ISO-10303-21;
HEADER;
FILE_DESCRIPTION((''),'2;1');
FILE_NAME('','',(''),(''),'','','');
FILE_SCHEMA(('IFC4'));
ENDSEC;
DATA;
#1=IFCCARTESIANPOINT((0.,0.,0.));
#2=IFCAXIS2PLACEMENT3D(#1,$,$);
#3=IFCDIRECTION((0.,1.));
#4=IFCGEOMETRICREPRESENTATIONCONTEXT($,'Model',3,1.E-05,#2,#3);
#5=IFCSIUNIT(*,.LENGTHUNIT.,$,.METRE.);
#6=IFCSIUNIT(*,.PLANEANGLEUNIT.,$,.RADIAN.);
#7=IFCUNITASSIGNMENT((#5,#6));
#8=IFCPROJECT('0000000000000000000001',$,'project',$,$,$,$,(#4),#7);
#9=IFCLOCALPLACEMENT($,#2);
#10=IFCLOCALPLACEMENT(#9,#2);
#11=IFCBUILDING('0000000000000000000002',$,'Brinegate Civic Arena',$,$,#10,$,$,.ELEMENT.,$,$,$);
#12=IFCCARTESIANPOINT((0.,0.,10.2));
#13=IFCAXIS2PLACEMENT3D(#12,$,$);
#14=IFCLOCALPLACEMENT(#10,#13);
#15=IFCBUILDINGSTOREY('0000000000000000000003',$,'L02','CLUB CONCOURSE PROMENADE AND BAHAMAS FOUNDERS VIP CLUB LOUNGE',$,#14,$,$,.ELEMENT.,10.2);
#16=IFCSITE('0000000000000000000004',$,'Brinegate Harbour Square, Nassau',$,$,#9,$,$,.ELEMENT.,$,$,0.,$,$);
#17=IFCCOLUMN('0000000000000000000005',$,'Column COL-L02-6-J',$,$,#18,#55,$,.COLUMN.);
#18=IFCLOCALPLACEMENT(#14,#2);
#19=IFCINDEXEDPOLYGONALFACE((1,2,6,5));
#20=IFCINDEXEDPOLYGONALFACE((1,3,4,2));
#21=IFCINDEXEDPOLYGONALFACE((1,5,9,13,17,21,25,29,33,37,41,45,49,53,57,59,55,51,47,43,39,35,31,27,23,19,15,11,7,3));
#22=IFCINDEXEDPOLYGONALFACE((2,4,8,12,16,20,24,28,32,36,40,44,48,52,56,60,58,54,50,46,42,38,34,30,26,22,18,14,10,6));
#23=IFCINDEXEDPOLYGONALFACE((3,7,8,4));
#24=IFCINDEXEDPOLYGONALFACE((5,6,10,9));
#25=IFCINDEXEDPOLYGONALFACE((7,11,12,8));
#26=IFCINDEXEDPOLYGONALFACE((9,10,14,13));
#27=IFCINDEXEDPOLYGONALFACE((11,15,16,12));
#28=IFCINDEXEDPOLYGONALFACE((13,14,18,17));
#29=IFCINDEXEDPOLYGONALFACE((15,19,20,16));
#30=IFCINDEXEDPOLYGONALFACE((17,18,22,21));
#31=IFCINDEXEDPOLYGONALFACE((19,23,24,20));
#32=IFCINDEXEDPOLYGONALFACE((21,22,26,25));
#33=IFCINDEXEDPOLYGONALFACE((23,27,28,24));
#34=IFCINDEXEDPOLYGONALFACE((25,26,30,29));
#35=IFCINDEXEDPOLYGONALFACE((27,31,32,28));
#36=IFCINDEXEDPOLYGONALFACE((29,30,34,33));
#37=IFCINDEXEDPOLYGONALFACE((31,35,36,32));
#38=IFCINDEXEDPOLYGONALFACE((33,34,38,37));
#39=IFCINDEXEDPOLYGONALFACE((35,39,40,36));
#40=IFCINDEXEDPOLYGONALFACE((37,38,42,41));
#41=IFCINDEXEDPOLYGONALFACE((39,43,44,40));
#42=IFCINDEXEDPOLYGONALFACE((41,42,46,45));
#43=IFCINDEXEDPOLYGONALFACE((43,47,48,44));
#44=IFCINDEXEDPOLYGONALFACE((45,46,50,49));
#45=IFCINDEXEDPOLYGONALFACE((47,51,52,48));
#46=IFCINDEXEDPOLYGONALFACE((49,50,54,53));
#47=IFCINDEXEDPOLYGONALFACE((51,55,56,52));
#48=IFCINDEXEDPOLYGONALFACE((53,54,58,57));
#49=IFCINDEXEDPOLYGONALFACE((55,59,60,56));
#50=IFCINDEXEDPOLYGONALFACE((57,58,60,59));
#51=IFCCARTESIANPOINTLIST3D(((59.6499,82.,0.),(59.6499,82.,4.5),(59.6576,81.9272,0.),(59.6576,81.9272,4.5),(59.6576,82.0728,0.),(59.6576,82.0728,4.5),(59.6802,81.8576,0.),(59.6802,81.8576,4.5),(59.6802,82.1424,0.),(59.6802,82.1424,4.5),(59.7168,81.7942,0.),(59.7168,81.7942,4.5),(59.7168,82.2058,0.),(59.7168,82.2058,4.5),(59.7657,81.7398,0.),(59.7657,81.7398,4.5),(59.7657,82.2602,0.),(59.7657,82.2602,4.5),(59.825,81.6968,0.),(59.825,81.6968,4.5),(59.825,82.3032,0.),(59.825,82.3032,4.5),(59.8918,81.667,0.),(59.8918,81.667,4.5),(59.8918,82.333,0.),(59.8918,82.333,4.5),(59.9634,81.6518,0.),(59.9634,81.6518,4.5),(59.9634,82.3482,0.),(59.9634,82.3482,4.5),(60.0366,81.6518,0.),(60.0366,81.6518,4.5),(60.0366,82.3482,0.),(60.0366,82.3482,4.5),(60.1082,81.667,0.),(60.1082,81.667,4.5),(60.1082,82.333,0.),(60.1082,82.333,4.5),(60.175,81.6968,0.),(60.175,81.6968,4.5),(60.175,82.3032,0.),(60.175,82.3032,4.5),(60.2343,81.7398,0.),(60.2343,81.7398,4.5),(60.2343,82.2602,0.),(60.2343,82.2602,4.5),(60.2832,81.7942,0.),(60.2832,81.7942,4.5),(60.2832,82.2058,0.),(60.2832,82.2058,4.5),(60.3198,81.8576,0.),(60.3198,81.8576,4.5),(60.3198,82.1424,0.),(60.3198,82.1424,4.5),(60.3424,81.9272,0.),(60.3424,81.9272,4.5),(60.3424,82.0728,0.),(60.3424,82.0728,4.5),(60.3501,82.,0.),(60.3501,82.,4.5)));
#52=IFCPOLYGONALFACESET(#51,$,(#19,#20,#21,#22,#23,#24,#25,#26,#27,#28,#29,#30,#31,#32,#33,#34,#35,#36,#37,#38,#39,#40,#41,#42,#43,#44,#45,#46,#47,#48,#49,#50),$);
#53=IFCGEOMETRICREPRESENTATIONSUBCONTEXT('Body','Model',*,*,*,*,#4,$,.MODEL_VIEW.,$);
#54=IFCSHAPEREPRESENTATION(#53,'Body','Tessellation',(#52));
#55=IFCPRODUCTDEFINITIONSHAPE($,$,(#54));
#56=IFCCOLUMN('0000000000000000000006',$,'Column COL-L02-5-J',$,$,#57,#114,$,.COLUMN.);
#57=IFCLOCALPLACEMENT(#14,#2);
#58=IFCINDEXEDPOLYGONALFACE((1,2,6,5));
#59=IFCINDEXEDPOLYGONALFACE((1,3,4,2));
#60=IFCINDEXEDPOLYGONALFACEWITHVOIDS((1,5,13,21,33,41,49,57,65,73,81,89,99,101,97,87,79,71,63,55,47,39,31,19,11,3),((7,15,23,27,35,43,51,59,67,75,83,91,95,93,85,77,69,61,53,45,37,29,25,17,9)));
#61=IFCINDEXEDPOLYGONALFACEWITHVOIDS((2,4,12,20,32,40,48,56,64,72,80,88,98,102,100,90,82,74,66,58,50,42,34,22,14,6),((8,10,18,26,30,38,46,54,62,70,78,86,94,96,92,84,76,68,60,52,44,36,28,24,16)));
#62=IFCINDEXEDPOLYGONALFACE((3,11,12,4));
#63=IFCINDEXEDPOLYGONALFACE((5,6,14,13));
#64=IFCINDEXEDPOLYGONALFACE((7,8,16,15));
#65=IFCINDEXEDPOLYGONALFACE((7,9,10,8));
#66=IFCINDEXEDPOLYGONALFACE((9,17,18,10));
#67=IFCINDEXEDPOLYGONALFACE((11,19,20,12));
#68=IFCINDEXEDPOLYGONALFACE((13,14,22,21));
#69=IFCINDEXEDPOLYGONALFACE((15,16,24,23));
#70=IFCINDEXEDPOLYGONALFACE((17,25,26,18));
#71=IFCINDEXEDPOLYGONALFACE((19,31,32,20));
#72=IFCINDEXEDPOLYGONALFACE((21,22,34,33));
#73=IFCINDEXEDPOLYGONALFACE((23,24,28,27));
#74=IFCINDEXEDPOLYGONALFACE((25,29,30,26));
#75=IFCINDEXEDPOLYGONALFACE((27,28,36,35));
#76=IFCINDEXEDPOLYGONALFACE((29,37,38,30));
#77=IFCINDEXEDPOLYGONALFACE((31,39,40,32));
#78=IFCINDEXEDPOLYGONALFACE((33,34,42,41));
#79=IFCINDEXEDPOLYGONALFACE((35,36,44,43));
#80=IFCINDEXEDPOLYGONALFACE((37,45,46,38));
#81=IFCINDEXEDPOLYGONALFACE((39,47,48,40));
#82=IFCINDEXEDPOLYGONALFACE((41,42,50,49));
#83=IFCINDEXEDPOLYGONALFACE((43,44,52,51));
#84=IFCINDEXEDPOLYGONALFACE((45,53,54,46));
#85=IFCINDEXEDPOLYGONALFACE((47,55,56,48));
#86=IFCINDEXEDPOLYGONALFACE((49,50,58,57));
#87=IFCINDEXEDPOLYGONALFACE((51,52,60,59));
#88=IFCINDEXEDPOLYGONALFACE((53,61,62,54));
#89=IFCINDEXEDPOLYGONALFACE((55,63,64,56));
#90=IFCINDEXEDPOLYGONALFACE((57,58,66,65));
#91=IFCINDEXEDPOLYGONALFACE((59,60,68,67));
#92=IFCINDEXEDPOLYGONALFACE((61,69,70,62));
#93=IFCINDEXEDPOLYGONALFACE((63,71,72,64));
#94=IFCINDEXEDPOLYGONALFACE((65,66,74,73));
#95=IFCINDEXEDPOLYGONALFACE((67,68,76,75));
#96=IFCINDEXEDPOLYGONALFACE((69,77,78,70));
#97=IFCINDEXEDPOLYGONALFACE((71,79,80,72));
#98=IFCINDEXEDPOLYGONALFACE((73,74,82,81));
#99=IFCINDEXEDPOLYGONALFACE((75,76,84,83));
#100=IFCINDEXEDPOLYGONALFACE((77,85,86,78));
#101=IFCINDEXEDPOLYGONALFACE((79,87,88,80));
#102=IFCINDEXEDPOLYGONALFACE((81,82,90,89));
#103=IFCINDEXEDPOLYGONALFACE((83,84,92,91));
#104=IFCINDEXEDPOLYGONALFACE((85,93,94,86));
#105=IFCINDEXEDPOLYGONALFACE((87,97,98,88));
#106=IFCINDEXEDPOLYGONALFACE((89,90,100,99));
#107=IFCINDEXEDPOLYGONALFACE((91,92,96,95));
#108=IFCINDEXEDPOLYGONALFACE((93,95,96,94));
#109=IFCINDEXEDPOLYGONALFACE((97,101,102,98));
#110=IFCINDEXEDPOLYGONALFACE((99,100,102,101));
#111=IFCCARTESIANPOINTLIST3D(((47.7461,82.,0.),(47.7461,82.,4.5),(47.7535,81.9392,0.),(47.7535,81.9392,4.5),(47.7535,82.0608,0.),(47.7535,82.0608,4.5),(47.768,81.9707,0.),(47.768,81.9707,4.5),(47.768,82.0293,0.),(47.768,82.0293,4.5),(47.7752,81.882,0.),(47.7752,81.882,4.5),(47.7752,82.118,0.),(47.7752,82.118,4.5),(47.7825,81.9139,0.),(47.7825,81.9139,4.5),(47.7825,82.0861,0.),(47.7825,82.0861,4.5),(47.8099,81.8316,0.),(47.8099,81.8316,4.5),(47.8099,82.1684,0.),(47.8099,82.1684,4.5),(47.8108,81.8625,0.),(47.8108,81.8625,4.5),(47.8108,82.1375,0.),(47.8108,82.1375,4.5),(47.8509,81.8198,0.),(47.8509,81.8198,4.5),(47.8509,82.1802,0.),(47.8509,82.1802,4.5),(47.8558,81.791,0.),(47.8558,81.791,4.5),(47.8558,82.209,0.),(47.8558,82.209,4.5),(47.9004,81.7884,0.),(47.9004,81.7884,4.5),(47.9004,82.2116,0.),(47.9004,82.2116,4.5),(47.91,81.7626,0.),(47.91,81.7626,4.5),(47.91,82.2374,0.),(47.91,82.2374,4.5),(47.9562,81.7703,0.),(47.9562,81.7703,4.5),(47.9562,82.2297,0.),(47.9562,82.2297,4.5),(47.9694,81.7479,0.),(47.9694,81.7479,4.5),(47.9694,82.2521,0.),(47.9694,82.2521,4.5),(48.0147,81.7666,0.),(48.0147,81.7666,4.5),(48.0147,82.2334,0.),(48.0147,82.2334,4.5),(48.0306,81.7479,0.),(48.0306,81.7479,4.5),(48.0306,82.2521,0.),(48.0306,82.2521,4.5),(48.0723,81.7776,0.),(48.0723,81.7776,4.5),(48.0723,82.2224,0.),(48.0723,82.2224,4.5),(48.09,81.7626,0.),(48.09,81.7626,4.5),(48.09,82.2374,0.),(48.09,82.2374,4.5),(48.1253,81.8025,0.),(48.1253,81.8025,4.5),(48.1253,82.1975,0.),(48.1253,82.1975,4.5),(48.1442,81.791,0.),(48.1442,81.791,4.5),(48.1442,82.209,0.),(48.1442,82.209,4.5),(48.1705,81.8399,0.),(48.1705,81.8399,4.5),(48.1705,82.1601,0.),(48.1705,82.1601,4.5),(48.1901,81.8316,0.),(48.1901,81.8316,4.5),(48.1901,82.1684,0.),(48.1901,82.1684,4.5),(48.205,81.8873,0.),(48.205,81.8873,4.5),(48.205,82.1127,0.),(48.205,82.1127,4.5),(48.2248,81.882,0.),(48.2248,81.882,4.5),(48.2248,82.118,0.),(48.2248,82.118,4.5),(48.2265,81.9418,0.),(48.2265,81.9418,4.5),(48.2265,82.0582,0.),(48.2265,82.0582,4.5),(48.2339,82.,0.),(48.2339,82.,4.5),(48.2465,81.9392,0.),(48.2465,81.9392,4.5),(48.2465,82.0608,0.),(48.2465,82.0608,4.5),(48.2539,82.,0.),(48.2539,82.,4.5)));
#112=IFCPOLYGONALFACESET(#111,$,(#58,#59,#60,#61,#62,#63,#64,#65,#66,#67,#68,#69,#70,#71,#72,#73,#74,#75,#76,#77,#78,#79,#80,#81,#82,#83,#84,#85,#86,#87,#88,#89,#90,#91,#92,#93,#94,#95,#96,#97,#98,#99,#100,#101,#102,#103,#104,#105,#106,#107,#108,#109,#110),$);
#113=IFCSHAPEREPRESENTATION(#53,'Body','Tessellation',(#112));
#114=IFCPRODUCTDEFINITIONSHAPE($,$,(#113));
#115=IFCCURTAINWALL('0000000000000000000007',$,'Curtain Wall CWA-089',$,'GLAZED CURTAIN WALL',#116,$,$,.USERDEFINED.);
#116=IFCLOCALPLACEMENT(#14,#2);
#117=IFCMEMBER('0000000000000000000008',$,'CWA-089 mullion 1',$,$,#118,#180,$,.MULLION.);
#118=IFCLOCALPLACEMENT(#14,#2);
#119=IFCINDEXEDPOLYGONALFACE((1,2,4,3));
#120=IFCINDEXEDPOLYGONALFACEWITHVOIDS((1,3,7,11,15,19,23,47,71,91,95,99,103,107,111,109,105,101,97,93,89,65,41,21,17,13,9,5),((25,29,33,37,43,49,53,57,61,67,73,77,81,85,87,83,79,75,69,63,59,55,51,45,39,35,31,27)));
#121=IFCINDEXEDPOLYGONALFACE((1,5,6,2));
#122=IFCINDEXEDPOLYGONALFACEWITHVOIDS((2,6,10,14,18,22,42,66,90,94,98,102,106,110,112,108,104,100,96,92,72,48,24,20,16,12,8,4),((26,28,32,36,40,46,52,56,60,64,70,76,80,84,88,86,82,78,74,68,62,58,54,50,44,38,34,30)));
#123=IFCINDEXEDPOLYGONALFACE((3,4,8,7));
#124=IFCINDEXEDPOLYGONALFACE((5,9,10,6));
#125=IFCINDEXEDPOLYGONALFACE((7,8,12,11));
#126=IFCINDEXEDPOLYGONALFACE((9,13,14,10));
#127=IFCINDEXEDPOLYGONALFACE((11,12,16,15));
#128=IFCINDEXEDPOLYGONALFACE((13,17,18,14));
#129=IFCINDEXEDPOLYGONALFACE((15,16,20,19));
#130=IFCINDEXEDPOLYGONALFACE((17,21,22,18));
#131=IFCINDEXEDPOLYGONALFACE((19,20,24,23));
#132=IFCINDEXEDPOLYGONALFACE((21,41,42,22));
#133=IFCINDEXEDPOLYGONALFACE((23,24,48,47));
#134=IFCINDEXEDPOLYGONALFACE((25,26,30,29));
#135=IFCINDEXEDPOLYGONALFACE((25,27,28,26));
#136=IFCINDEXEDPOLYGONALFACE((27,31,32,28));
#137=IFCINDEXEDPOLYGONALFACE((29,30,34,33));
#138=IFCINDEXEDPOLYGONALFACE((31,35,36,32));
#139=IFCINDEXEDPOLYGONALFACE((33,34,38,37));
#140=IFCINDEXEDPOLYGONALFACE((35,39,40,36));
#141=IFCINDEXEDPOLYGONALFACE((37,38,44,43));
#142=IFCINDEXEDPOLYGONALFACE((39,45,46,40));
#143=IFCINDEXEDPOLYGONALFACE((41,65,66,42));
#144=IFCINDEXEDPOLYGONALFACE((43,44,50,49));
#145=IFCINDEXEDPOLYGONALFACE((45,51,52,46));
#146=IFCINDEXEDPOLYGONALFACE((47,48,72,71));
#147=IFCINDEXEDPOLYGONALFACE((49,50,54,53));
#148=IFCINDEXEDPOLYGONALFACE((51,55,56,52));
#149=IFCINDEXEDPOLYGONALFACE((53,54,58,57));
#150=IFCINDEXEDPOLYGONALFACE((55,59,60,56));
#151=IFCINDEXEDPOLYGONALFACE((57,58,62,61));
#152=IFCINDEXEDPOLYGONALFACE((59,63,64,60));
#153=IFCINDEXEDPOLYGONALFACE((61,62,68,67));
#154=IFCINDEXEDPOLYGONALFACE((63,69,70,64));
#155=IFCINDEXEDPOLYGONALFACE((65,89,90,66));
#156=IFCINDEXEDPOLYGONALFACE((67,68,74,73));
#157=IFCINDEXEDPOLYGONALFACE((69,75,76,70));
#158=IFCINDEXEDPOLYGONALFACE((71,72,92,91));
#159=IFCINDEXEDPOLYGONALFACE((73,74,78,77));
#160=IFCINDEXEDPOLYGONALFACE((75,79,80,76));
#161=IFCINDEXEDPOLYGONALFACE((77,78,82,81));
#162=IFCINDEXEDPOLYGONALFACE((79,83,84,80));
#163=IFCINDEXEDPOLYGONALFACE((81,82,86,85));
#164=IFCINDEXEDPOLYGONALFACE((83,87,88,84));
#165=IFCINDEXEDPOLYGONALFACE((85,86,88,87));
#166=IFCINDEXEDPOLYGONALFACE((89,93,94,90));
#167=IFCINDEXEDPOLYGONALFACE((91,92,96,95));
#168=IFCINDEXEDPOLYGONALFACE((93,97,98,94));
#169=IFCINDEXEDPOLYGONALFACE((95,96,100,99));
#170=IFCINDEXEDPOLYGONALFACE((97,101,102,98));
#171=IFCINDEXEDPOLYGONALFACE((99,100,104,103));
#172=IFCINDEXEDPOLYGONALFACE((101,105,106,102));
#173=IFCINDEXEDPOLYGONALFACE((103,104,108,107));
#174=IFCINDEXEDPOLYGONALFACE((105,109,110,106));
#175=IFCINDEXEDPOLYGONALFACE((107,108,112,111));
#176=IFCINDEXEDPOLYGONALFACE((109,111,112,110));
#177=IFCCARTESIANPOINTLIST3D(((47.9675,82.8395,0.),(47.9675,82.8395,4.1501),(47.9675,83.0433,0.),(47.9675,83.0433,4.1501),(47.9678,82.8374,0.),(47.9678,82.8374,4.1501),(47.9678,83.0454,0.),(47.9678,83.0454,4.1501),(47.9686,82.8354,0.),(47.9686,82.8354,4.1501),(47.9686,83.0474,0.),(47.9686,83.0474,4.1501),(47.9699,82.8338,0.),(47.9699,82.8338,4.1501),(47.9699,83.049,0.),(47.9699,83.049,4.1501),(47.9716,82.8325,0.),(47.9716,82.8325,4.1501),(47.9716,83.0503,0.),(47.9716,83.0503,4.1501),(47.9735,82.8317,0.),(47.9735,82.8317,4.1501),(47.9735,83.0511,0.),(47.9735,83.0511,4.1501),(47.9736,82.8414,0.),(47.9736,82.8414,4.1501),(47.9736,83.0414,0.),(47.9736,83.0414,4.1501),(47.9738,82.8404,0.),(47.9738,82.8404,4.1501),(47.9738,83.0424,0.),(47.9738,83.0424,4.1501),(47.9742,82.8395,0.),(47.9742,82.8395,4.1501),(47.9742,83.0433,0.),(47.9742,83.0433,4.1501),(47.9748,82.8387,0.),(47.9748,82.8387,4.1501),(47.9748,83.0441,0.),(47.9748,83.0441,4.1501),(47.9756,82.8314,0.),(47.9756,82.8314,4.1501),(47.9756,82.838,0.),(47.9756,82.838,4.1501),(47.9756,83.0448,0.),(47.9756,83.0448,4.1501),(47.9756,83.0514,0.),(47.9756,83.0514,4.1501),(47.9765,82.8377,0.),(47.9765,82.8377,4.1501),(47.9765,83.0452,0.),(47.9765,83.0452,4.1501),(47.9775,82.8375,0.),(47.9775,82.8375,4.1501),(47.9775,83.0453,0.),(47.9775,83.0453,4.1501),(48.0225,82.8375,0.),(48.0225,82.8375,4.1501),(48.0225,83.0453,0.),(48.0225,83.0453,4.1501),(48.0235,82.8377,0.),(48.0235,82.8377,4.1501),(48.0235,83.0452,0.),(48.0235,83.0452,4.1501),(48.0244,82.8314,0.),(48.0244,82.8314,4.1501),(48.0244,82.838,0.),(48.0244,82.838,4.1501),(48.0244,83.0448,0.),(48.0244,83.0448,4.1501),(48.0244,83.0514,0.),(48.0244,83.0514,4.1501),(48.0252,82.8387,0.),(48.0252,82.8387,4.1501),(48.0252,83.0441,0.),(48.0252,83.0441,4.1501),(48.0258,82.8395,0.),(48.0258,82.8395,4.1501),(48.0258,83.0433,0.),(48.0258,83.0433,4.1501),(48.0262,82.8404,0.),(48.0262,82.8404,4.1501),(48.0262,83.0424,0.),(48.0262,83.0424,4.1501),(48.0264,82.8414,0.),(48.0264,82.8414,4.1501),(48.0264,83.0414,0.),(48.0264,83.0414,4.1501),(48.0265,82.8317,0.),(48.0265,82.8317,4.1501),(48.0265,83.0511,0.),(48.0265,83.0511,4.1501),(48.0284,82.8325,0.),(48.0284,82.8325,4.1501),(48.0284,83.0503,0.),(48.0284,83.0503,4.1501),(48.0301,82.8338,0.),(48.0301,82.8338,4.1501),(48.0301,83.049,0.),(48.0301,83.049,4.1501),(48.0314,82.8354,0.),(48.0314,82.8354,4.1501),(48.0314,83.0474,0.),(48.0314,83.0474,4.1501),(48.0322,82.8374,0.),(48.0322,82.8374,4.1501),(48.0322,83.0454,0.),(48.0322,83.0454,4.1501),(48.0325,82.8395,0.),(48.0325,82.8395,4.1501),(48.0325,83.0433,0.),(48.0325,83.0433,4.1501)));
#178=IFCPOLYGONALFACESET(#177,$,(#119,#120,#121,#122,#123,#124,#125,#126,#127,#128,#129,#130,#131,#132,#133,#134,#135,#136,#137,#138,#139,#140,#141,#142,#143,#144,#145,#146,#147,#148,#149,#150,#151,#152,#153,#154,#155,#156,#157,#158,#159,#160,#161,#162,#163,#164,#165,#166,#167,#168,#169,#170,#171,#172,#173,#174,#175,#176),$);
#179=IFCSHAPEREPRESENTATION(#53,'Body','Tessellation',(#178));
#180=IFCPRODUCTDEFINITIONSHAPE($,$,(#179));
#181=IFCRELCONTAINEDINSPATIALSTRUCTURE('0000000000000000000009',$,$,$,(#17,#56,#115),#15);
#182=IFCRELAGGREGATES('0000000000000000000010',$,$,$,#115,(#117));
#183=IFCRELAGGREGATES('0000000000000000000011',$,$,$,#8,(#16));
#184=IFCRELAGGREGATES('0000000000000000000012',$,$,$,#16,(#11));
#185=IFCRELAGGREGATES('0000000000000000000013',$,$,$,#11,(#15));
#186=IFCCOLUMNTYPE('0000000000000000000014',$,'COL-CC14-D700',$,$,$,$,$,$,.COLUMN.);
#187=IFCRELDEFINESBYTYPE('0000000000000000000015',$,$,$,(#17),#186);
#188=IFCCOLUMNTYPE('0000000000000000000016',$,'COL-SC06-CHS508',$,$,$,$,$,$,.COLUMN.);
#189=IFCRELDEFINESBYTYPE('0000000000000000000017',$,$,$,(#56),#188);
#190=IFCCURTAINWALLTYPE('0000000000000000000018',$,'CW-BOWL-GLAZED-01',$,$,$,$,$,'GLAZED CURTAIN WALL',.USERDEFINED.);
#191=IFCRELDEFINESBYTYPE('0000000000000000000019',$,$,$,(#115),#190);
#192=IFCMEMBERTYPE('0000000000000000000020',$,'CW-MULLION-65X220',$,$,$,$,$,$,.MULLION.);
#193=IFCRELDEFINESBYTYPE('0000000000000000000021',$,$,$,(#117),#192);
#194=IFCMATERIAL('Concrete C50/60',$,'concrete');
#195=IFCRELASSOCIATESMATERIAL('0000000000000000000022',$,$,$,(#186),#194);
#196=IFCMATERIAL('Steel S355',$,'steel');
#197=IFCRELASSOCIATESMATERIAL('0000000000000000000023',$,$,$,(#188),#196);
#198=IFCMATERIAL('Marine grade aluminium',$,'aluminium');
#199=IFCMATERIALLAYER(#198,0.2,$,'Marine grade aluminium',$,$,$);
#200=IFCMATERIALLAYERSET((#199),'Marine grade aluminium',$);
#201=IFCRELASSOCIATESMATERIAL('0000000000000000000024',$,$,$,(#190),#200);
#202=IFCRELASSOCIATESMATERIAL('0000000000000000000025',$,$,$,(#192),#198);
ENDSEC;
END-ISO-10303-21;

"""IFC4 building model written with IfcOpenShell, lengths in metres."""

from ifc_helpers import new_model, si_unit, direction, frame, origin, origin_2d, place, context, subcontext, project, spatial, hollow_rectangle, circle, hollow_circle, extrude, material, layer, layer_set, material_profile, profile_set, type_object, element, aggregate, save


model = new_model("IFC4")

# Units and contexts
model_context = context("Model", 3, precision=1e-05, world=origin(), true_north=direction((0.0, 1.0)))
body_context = subcontext(model_context, "Body", "Model", "MODEL_VIEW")
ifc_project = project(units=[si_unit("LENGTHUNIT", "METRE"), si_unit("PLANEANGLEUNIT", "RADIAN")], contexts=[model_context])

# Site, building, storey
site_placement = place(None, origin())
site = spatial("IfcSite", under=ifc_project, at=site_placement, Name="Brinegate Harbour Square, Nassau", CompositionType="ELEMENT", RefElevation=0.0)
building_placement = place(site_placement, origin())
building = spatial("IfcBuilding", under=site, at=building_placement, Name="Brinegate Civic Arena", CompositionType="ELEMENT")
storey_placement = place(building_placement, frame((0.0, 0.0, 10.2)))
storey = spatial("IfcBuildingStorey", under=building, at=storey_placement, Name="L02", Description="CLUB CONCOURSE PROMENADE AND BAHAMAS FOUNDERS VIP CLUB LOUNGE", CompositionType="ELEMENT", Elevation=10.2)

# Columns
ifc_material_1 = material(Name="Concrete C50/60", Category="concrete")
ifc_material_profile_1 = material_profile(ifc_material_1, circle(Radius=0.3501, at=origin_2d()), Name="RCD700")
ifc_profile_set_1 = profile_set([ifc_material_profile_1], Name="Concrete C50/60")
column_type_1 = type_object("IfcColumnType", Name="COL-CC14-D700", PredefinedType="COLUMN", material=ifc_profile_set_1)
column_1_placement = place(storey_placement, frame((60.0, 82.0, 0.0), z_axis=(0.0, 0.0, 1.0), x_axis=(1.0, 0.0, 0.0)))
element("IfcColumn", 1, at=column_1_placement, inside=storey, type_object=column_type_1, Name="Column COL-L02-6-J", PredefinedType="COLUMN", context=body_context, shape_type="SweptSolid", body=[
    extrude(circle(Radius=0.3501, at=origin_2d()), origin(), (0.0, 0.0, 1.0), 4.5),
])
ifc_material_2 = material(Name="Steel S355", Category="steel")
ifc_material_profile_2 = material_profile(ifc_material_2, hollow_circle(Radius=0.2539, WallThickness=0.02, at=origin_2d()), Name="CHS508X20")
ifc_profile_set_2 = profile_set([ifc_material_profile_2], Name="Steel S355")
column_type_2 = type_object("IfcColumnType", Name="COL-SC06-CHS508", PredefinedType="COLUMN", material=ifc_profile_set_2)
column_2_placement = place(storey_placement, frame((48.0, 82.0, 0.0), z_axis=(0.0, 0.0, 1.0), x_axis=(1.0, 0.0, 0.0)))
element("IfcColumn", 2, at=column_2_placement, inside=storey, type_object=column_type_2, Name="Column COL-L02-5-J", PredefinedType="COLUMN", context=body_context, shape_type="SweptSolid", body=[
    extrude(hollow_circle(Radius=0.2539, WallThickness=0.02, at=origin_2d()), origin(), (0.0, 0.0, 1.0), 4.5),
])

# Curtain wall, member
ifc_material_3 = material(Name="Marine grade aluminium", Category="aluminium")
ifc_layer_1 = layer(ifc_material_3, 0.2, Name="Marine grade aluminium")
ifc_layer_set_1 = layer_set([ifc_layer_1], Name="Marine grade aluminium")
curtain_wall_type = type_object("IfcCurtainWallType", Name="CW-BOWL-GLAZED-01", ElementType="GLAZED CURTAIN WALL", PredefinedType="USERDEFINED", material=ifc_layer_set_1)
curtain_wall_1_placement = place(storey_placement, origin())
curtain_wall_1 = element("IfcCurtainWall", 3, at=curtain_wall_1_placement, inside=storey, type_object=curtain_wall_type, Name="Curtain Wall CWA-089", ObjectType="GLAZED CURTAIN WALL", PredefinedType="USERDEFINED")
ifc_material_profile_3 = material_profile(ifc_material_3, hollow_rectangle(XDim=0.0649, YDim=0.22, WallThickness=0.0061, InnerFilletRadius=0.0039, OuterFilletRadius=0.0081, at=origin_2d()), Name="MUL65X220")
ifc_profile_set_3 = profile_set([ifc_material_profile_3], Name="Marine grade aluminium")
member_type_1 = type_object("IfcMemberType", Name="CW-MULLION-65X220", PredefinedType="MULLION", material=ifc_profile_set_3)
member_1_placement = place(storey_placement, frame((48.0, 82.9414, 0.0), z_axis=(0.0, 0.0, 1.0), x_axis=(-1.0, 0.0, 0.0)))
member_1 = element("IfcMember", 4, at=member_1_placement, type_object=member_type_1, Name="CWA-089 mullion 1", PredefinedType="MULLION", context=body_context, shape_type="SweptSolid", body=[
    extrude(hollow_rectangle(XDim=0.0649, YDim=0.22, WallThickness=0.0061, InnerFilletRadius=0.0039, OuterFilletRadius=0.0081, at=origin_2d()), origin(), (0.0, 0.0, 1.0), 4.1501),
])

aggregate(curtain_wall_1, [member_1])

save(model, "model.ifc")
